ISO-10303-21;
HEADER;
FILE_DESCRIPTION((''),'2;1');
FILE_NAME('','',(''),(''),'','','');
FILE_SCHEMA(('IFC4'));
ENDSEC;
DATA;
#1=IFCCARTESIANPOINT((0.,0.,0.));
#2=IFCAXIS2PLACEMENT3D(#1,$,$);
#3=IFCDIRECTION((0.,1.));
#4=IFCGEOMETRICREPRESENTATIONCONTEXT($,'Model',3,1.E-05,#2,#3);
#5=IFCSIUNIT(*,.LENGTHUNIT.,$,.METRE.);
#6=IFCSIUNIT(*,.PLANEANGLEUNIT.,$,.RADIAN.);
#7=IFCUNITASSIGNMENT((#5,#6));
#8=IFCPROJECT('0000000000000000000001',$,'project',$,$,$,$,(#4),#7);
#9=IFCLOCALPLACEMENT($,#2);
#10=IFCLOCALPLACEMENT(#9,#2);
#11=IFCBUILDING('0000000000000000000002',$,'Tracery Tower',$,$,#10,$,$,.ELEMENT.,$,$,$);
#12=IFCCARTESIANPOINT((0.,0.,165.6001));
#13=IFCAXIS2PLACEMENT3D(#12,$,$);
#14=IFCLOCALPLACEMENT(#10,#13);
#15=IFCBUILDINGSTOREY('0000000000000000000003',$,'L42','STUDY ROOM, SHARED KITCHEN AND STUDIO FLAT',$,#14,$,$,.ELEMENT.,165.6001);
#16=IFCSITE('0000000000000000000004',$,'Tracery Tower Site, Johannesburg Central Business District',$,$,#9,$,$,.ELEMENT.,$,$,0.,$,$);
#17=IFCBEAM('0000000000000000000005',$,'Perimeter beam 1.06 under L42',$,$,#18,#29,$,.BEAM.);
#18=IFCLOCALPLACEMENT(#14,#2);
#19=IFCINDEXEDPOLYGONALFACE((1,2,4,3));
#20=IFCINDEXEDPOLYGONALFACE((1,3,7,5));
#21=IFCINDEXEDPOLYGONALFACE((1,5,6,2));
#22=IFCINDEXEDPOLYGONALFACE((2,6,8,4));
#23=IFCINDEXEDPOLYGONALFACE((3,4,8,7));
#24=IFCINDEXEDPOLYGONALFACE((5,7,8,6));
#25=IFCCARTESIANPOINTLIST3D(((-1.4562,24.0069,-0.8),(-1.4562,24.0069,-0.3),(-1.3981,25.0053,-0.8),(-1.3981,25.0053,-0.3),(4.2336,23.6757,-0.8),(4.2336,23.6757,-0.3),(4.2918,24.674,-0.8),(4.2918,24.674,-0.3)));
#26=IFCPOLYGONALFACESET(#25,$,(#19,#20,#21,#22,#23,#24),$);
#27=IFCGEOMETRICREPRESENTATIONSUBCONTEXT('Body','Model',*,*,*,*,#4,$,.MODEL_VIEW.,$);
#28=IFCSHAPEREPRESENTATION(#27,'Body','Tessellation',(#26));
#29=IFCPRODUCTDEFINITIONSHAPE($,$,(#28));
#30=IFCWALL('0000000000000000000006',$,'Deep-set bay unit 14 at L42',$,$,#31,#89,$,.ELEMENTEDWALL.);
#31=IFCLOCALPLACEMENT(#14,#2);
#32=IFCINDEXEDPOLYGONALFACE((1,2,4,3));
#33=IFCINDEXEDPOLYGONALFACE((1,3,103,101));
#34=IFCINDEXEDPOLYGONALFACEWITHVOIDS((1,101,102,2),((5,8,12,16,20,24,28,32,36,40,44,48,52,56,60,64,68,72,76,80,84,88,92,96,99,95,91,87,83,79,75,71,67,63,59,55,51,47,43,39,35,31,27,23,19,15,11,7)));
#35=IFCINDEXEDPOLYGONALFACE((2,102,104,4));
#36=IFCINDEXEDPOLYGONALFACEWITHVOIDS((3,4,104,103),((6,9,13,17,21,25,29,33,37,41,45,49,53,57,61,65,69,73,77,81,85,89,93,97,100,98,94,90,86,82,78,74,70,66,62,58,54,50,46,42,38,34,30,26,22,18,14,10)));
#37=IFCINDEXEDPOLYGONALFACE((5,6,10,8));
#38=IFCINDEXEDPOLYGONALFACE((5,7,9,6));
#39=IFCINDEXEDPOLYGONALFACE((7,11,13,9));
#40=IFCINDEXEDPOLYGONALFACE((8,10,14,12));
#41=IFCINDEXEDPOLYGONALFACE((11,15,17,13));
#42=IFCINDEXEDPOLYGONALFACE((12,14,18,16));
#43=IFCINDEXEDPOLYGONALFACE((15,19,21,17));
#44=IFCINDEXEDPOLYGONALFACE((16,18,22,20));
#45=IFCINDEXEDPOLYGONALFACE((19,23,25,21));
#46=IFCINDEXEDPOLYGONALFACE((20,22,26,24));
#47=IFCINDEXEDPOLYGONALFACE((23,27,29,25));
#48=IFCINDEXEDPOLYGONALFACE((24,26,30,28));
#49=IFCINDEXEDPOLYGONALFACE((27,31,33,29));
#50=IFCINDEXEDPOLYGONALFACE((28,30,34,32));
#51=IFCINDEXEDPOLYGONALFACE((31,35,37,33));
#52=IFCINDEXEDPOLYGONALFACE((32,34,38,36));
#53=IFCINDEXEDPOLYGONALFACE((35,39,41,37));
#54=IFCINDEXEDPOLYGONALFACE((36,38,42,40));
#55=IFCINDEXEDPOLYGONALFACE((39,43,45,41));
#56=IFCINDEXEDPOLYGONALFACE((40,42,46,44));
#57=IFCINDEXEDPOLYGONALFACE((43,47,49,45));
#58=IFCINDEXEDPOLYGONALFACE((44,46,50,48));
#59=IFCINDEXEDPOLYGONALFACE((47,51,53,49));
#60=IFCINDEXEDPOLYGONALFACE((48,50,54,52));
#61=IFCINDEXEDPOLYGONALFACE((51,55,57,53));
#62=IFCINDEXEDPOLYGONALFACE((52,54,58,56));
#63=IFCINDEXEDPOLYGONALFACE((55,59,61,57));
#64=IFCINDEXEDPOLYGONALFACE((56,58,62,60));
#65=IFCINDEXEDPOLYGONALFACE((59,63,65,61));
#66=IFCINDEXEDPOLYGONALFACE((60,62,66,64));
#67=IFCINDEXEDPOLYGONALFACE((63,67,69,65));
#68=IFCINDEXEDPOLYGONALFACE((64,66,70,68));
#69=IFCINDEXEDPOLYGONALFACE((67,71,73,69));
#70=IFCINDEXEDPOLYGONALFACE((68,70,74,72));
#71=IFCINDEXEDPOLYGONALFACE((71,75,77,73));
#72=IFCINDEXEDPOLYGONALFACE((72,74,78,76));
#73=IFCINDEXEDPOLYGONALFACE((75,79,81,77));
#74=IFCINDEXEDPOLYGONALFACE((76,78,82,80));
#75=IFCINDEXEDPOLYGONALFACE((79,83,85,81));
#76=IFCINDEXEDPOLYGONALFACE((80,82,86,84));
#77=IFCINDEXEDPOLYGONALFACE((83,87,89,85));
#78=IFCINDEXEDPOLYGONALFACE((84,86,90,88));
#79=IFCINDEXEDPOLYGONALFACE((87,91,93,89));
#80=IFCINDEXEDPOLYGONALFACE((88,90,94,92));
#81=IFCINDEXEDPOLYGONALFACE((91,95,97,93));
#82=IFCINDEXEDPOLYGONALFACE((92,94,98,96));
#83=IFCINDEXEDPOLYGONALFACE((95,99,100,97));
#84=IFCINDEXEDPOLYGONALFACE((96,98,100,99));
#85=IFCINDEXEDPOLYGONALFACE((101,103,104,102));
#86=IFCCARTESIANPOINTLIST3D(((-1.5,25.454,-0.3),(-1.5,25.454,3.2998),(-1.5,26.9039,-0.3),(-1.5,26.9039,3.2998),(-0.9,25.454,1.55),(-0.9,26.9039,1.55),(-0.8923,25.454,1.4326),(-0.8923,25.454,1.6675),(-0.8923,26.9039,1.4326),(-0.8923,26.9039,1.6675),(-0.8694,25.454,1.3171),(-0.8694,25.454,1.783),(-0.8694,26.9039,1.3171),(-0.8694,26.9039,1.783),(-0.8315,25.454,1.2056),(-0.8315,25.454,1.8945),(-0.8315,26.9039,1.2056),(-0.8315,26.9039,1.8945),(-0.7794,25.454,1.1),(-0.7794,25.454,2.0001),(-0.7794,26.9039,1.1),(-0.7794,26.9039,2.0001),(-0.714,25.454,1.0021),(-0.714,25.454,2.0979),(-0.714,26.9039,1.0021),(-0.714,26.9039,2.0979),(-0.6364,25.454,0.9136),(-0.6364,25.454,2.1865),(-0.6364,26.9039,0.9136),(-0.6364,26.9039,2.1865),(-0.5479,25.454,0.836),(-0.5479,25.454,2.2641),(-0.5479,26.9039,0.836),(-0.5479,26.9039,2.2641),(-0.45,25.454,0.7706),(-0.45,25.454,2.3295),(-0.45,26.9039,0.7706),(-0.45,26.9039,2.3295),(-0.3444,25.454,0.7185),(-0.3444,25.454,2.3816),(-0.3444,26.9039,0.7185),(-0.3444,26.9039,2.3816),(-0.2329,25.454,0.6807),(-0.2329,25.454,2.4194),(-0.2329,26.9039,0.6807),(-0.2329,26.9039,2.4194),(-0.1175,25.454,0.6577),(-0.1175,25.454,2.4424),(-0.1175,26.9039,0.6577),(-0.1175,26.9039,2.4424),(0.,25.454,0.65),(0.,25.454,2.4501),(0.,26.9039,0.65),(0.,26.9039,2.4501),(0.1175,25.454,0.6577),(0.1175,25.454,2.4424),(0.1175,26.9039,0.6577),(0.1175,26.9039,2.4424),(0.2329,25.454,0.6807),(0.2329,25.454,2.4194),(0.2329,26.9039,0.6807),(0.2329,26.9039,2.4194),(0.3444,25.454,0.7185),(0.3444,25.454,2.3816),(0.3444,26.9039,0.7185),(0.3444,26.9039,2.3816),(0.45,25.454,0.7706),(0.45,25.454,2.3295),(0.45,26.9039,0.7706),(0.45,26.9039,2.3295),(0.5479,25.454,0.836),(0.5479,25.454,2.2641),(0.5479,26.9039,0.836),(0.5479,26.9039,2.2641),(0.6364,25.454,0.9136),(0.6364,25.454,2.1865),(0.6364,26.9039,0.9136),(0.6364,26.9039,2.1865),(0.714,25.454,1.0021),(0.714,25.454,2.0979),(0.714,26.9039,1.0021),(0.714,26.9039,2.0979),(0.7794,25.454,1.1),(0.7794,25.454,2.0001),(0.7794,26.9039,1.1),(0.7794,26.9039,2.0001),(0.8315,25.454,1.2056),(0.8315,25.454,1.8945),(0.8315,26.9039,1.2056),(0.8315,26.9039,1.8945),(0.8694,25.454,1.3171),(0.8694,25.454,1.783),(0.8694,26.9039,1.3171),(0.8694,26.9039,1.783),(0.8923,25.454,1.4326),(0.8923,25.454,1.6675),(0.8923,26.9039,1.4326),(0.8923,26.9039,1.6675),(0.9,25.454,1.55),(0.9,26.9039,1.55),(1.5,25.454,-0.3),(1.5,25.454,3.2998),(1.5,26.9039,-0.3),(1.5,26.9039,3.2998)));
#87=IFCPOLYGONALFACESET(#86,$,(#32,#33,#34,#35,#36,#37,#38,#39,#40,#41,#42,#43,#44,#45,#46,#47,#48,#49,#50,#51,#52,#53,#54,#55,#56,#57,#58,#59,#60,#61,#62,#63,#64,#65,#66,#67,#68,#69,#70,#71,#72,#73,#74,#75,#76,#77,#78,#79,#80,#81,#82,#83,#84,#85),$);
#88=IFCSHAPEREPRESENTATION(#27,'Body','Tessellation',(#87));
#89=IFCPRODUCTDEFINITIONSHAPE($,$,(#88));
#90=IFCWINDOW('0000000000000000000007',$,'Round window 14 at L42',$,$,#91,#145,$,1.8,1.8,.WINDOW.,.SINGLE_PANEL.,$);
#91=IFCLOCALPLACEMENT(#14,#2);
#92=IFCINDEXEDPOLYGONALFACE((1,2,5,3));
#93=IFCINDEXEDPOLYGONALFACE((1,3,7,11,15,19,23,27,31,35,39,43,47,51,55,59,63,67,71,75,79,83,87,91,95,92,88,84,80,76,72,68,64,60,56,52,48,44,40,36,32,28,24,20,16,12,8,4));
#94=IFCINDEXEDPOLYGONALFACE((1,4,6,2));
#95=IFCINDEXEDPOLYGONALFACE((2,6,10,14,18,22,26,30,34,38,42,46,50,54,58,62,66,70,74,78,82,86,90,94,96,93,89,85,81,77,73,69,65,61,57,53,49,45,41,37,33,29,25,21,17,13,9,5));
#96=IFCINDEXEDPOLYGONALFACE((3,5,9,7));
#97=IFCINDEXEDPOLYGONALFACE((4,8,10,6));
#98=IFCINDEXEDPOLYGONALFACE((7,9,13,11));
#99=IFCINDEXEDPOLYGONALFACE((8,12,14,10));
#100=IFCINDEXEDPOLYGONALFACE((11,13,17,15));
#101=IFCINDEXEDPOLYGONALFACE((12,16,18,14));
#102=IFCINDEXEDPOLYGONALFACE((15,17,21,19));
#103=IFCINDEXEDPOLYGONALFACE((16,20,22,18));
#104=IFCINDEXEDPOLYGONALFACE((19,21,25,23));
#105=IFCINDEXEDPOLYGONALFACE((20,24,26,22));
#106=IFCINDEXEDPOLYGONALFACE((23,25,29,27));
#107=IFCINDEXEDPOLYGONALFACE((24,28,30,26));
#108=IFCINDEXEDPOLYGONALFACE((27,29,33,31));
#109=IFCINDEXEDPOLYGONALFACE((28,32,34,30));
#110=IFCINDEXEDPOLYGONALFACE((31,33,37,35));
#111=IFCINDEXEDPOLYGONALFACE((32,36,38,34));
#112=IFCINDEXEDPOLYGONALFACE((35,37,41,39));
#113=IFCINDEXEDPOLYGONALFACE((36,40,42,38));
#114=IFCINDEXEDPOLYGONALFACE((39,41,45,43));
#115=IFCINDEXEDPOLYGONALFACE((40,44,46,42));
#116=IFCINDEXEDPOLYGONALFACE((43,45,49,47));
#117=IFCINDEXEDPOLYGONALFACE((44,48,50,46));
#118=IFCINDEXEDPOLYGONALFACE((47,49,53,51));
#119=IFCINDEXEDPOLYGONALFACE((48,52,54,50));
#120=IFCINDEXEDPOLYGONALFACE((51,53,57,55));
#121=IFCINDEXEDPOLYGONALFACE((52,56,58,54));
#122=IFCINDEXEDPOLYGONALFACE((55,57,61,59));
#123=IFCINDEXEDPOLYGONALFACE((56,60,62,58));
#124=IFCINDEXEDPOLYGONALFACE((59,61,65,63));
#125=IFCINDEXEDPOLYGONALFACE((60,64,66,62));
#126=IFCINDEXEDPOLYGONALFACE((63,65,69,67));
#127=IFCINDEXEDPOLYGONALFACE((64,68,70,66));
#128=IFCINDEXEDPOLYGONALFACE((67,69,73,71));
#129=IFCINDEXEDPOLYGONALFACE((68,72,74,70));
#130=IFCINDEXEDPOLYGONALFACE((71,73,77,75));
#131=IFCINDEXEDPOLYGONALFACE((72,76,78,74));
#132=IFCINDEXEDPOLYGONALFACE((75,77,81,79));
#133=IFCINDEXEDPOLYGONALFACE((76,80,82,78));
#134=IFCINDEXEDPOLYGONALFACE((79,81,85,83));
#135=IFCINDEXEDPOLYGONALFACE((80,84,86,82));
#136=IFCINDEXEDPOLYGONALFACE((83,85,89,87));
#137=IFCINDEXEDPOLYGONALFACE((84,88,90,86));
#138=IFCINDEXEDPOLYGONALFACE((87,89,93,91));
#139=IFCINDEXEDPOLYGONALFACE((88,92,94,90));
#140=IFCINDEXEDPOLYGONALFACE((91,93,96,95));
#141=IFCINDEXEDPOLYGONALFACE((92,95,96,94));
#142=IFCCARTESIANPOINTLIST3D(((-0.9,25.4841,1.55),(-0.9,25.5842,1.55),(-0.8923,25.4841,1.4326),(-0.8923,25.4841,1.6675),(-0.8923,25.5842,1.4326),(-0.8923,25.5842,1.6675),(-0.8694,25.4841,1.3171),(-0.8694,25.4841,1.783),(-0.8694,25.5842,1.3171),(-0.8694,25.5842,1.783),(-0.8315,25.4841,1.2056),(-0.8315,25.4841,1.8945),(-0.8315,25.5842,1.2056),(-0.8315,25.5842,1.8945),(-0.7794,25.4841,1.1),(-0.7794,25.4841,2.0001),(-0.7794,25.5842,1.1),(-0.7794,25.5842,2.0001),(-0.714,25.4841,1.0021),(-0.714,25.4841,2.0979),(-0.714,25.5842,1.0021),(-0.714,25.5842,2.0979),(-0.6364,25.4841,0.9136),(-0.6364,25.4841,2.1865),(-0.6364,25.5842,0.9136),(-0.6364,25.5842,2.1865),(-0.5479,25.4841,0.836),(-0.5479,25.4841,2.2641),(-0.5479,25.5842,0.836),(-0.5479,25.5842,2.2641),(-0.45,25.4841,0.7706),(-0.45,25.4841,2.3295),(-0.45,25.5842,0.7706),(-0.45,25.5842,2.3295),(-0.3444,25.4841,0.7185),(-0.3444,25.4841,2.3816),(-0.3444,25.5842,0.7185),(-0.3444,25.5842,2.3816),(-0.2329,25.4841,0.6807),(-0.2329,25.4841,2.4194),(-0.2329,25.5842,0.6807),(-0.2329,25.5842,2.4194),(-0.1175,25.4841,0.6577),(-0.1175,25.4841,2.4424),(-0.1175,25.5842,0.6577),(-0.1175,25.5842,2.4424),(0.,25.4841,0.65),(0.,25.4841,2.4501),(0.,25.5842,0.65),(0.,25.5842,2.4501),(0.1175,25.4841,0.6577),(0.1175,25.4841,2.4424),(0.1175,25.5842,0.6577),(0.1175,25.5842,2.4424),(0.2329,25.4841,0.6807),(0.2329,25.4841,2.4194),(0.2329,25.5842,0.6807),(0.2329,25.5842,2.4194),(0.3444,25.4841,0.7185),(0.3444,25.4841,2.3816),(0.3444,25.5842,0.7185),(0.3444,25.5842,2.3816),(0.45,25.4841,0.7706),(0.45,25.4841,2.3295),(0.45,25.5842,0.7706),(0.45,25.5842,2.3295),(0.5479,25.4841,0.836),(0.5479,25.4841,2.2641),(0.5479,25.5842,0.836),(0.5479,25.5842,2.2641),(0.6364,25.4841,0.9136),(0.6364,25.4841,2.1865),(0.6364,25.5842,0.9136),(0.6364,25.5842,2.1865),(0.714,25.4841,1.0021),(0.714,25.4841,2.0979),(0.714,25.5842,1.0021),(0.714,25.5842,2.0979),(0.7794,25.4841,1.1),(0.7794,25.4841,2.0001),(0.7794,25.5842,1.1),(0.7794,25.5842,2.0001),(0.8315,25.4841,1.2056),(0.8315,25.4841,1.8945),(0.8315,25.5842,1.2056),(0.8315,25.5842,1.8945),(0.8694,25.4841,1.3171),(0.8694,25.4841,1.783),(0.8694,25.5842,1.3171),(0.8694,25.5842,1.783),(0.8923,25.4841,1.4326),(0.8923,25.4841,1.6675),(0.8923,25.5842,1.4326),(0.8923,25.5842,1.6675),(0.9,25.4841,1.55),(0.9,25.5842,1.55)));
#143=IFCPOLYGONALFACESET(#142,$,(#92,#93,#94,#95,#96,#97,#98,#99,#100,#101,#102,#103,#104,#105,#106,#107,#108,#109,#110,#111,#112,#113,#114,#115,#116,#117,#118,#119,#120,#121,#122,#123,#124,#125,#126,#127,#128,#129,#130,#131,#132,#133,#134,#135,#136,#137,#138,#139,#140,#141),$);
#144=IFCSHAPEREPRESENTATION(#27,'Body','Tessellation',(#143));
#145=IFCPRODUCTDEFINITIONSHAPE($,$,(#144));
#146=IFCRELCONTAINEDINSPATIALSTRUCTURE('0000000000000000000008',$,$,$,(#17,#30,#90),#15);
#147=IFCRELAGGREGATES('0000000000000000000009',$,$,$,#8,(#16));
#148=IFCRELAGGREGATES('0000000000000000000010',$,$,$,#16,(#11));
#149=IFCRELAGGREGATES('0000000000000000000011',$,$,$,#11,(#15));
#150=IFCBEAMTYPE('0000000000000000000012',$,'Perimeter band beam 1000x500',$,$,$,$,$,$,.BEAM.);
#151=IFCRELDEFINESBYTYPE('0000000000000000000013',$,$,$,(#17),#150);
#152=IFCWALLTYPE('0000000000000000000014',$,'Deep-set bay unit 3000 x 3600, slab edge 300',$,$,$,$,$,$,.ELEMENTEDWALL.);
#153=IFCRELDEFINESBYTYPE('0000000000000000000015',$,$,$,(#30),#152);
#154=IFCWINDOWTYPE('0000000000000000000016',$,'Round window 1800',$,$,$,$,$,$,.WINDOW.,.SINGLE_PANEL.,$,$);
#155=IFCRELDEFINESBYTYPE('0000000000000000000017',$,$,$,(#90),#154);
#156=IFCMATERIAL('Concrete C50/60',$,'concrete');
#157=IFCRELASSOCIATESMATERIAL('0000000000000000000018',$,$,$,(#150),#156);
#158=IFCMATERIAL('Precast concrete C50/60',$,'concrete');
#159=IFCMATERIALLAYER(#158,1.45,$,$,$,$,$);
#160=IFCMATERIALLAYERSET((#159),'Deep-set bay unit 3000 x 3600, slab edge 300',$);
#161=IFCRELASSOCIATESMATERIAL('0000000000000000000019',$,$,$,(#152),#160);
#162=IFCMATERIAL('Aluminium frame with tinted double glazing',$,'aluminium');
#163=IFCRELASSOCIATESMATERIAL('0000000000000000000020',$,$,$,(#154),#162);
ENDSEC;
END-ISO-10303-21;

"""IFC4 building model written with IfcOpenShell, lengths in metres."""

from ifc_helpers import new_model, si_unit, direction, frame, frame_2d, origin, origin_2d, place, context, subcontext, project, spatial, rectangle, circle, extrude, material, layer, layer_set, material_profile, profile_set, type_object, element, fill, save


model = new_model("IFC4")

# Units and contexts
model_context = context("Model", 3, precision=1e-05, world=origin(), true_north=direction((0.0, 1.0)))
body_context = subcontext(model_context, "Body", "Model", "MODEL_VIEW")
ifc_project = project(units=[si_unit("LENGTHUNIT", "METRE"), si_unit("PLANEANGLEUNIT", "RADIAN")], contexts=[model_context])

# Site, building, storey
site_placement = place(None, origin())
site = spatial("IfcSite", under=ifc_project, at=site_placement, Name="Tracery Tower Site, Johannesburg Central Business District", CompositionType="ELEMENT", RefElevation=0.0)
building_placement = place(site_placement, origin())
building = spatial("IfcBuilding", under=site, at=building_placement, Name="Tracery Tower", CompositionType="ELEMENT")
storey_placement = place(building_placement, frame((0.0, 0.0, 165.6001)))
storey = spatial("IfcBuildingStorey", under=building, at=storey_placement, Name="L42", Description="STUDY ROOM, SHARED KITCHEN AND STUDIO FLAT", CompositionType="ELEMENT", Elevation=165.6001)

# Beam
ifc_material_1 = material(Name="Concrete C50/60", Category="concrete")
ifc_material_profile_1 = material_profile(ifc_material_1, rectangle(XDim=1.0, YDim=0.5, at=origin_2d()), Name="RC 1000x500")
ifc_profile_set_1 = profile_set([ifc_material_profile_1], Name="Concrete C50/60")
beam_type = type_object("IfcBeamType", Name="Perimeter band beam 1000x500", PredefinedType="BEAM", material=ifc_profile_set_1)
beam_placement = place(storey_placement, frame((4.2627, 24.1748, -0.55), z_axis=(-0.998309, 0.058127, 0.0), x_axis=(-0.058127, -0.998309, 0.0)))
element("IfcBeam", 1, at=beam_placement, inside=storey, type_object=beam_type, Name="Perimeter beam 1.06 under L42", PredefinedType="BEAM", context=body_context, shape_type="SweptSolid", body=[
    extrude(rectangle(XDim=1.0, YDim=0.5, at=origin_2d()), origin(), (0.0, 0.0, 1.0), 5.6995),
])

# Wall, opening, window
ifc_material_2 = material(Name="Precast concrete C50/60", Category="concrete")
ifc_layer_1 = layer(ifc_material_2, 1.45)
ifc_layer_set_1 = layer_set([ifc_layer_1], Name="Deep-set bay unit 3000 x 3600, slab edge 300")
wall_type_1 = type_object("IfcWallType", Name="Deep-set bay unit 3000 x 3600, slab edge 300", PredefinedType="ELEMENTEDWALL", material=ifc_layer_set_1)
wall_1_placement = place(storey_placement, frame((1.5, 26.179, -0.3), z_axis=(0.0, 0.0, 1.0), x_axis=(-1.0, 0.0, 0.0)))
wall_1 = element("IfcWall", 2, at=wall_1_placement, inside=storey, type_object=wall_type_1, Name="Deep-set bay unit 14 at L42", PredefinedType="ELEMENTEDWALL", context=body_context, shape_type="SweptSolid", body=[
    extrude(rectangle(XDim=3.0, YDim=1.45, at=frame_2d((1.5, 0.0))), origin(), (0.0, 0.0, 1.0), 3.5999),
])
opening_1_placement = place(wall_1_placement, frame((1.5, 0.0, 1.8501)))
opening_1 = element("IfcOpeningElement", 3, at=opening_1_placement, cuts=wall_1, PredefinedType="OPENING", context=body_context, shape_type="SweptSolid", body=[
    extrude(circle(Radius=0.9, at=origin_2d()), frame((0.0, 0.7349, 0.0), z_axis=(0.0, -1.0, 0.0), x_axis=(1.0, 0.0, 0.0)), (0.0, 0.0, 1.0), 1.47),
])
ifc_material_3 = material(Name="Aluminium frame with tinted double glazing", Category="aluminium")
window_type = type_object("IfcWindowType", Name="Round window 1800", PartitioningType="SINGLE_PANEL", PredefinedType="WINDOW", material=ifc_material_3)
window_1_placement = place(opening_1_placement, origin())
window_1 = element("IfcWindow", 4, at=window_1_placement, inside=storey, type_object=window_type, Name="Round window 14 at L42", OverallHeight=1.8, OverallWidth=1.8, PartitioningType="SINGLE_PANEL", PredefinedType="WINDOW", context=body_context, shape_type="SweptSolid", body=[
    extrude(circle(Radius=0.9, at=origin_2d()), frame((0.0, 0.6948, 0.0), z_axis=(0.0, -1.0, 0.0), x_axis=(1.0, 0.0, 0.0)), (0.0, 0.0, 1.0), 0.1001),
])
fill(opening_1, window_1)

save(model, "model.ifc")
